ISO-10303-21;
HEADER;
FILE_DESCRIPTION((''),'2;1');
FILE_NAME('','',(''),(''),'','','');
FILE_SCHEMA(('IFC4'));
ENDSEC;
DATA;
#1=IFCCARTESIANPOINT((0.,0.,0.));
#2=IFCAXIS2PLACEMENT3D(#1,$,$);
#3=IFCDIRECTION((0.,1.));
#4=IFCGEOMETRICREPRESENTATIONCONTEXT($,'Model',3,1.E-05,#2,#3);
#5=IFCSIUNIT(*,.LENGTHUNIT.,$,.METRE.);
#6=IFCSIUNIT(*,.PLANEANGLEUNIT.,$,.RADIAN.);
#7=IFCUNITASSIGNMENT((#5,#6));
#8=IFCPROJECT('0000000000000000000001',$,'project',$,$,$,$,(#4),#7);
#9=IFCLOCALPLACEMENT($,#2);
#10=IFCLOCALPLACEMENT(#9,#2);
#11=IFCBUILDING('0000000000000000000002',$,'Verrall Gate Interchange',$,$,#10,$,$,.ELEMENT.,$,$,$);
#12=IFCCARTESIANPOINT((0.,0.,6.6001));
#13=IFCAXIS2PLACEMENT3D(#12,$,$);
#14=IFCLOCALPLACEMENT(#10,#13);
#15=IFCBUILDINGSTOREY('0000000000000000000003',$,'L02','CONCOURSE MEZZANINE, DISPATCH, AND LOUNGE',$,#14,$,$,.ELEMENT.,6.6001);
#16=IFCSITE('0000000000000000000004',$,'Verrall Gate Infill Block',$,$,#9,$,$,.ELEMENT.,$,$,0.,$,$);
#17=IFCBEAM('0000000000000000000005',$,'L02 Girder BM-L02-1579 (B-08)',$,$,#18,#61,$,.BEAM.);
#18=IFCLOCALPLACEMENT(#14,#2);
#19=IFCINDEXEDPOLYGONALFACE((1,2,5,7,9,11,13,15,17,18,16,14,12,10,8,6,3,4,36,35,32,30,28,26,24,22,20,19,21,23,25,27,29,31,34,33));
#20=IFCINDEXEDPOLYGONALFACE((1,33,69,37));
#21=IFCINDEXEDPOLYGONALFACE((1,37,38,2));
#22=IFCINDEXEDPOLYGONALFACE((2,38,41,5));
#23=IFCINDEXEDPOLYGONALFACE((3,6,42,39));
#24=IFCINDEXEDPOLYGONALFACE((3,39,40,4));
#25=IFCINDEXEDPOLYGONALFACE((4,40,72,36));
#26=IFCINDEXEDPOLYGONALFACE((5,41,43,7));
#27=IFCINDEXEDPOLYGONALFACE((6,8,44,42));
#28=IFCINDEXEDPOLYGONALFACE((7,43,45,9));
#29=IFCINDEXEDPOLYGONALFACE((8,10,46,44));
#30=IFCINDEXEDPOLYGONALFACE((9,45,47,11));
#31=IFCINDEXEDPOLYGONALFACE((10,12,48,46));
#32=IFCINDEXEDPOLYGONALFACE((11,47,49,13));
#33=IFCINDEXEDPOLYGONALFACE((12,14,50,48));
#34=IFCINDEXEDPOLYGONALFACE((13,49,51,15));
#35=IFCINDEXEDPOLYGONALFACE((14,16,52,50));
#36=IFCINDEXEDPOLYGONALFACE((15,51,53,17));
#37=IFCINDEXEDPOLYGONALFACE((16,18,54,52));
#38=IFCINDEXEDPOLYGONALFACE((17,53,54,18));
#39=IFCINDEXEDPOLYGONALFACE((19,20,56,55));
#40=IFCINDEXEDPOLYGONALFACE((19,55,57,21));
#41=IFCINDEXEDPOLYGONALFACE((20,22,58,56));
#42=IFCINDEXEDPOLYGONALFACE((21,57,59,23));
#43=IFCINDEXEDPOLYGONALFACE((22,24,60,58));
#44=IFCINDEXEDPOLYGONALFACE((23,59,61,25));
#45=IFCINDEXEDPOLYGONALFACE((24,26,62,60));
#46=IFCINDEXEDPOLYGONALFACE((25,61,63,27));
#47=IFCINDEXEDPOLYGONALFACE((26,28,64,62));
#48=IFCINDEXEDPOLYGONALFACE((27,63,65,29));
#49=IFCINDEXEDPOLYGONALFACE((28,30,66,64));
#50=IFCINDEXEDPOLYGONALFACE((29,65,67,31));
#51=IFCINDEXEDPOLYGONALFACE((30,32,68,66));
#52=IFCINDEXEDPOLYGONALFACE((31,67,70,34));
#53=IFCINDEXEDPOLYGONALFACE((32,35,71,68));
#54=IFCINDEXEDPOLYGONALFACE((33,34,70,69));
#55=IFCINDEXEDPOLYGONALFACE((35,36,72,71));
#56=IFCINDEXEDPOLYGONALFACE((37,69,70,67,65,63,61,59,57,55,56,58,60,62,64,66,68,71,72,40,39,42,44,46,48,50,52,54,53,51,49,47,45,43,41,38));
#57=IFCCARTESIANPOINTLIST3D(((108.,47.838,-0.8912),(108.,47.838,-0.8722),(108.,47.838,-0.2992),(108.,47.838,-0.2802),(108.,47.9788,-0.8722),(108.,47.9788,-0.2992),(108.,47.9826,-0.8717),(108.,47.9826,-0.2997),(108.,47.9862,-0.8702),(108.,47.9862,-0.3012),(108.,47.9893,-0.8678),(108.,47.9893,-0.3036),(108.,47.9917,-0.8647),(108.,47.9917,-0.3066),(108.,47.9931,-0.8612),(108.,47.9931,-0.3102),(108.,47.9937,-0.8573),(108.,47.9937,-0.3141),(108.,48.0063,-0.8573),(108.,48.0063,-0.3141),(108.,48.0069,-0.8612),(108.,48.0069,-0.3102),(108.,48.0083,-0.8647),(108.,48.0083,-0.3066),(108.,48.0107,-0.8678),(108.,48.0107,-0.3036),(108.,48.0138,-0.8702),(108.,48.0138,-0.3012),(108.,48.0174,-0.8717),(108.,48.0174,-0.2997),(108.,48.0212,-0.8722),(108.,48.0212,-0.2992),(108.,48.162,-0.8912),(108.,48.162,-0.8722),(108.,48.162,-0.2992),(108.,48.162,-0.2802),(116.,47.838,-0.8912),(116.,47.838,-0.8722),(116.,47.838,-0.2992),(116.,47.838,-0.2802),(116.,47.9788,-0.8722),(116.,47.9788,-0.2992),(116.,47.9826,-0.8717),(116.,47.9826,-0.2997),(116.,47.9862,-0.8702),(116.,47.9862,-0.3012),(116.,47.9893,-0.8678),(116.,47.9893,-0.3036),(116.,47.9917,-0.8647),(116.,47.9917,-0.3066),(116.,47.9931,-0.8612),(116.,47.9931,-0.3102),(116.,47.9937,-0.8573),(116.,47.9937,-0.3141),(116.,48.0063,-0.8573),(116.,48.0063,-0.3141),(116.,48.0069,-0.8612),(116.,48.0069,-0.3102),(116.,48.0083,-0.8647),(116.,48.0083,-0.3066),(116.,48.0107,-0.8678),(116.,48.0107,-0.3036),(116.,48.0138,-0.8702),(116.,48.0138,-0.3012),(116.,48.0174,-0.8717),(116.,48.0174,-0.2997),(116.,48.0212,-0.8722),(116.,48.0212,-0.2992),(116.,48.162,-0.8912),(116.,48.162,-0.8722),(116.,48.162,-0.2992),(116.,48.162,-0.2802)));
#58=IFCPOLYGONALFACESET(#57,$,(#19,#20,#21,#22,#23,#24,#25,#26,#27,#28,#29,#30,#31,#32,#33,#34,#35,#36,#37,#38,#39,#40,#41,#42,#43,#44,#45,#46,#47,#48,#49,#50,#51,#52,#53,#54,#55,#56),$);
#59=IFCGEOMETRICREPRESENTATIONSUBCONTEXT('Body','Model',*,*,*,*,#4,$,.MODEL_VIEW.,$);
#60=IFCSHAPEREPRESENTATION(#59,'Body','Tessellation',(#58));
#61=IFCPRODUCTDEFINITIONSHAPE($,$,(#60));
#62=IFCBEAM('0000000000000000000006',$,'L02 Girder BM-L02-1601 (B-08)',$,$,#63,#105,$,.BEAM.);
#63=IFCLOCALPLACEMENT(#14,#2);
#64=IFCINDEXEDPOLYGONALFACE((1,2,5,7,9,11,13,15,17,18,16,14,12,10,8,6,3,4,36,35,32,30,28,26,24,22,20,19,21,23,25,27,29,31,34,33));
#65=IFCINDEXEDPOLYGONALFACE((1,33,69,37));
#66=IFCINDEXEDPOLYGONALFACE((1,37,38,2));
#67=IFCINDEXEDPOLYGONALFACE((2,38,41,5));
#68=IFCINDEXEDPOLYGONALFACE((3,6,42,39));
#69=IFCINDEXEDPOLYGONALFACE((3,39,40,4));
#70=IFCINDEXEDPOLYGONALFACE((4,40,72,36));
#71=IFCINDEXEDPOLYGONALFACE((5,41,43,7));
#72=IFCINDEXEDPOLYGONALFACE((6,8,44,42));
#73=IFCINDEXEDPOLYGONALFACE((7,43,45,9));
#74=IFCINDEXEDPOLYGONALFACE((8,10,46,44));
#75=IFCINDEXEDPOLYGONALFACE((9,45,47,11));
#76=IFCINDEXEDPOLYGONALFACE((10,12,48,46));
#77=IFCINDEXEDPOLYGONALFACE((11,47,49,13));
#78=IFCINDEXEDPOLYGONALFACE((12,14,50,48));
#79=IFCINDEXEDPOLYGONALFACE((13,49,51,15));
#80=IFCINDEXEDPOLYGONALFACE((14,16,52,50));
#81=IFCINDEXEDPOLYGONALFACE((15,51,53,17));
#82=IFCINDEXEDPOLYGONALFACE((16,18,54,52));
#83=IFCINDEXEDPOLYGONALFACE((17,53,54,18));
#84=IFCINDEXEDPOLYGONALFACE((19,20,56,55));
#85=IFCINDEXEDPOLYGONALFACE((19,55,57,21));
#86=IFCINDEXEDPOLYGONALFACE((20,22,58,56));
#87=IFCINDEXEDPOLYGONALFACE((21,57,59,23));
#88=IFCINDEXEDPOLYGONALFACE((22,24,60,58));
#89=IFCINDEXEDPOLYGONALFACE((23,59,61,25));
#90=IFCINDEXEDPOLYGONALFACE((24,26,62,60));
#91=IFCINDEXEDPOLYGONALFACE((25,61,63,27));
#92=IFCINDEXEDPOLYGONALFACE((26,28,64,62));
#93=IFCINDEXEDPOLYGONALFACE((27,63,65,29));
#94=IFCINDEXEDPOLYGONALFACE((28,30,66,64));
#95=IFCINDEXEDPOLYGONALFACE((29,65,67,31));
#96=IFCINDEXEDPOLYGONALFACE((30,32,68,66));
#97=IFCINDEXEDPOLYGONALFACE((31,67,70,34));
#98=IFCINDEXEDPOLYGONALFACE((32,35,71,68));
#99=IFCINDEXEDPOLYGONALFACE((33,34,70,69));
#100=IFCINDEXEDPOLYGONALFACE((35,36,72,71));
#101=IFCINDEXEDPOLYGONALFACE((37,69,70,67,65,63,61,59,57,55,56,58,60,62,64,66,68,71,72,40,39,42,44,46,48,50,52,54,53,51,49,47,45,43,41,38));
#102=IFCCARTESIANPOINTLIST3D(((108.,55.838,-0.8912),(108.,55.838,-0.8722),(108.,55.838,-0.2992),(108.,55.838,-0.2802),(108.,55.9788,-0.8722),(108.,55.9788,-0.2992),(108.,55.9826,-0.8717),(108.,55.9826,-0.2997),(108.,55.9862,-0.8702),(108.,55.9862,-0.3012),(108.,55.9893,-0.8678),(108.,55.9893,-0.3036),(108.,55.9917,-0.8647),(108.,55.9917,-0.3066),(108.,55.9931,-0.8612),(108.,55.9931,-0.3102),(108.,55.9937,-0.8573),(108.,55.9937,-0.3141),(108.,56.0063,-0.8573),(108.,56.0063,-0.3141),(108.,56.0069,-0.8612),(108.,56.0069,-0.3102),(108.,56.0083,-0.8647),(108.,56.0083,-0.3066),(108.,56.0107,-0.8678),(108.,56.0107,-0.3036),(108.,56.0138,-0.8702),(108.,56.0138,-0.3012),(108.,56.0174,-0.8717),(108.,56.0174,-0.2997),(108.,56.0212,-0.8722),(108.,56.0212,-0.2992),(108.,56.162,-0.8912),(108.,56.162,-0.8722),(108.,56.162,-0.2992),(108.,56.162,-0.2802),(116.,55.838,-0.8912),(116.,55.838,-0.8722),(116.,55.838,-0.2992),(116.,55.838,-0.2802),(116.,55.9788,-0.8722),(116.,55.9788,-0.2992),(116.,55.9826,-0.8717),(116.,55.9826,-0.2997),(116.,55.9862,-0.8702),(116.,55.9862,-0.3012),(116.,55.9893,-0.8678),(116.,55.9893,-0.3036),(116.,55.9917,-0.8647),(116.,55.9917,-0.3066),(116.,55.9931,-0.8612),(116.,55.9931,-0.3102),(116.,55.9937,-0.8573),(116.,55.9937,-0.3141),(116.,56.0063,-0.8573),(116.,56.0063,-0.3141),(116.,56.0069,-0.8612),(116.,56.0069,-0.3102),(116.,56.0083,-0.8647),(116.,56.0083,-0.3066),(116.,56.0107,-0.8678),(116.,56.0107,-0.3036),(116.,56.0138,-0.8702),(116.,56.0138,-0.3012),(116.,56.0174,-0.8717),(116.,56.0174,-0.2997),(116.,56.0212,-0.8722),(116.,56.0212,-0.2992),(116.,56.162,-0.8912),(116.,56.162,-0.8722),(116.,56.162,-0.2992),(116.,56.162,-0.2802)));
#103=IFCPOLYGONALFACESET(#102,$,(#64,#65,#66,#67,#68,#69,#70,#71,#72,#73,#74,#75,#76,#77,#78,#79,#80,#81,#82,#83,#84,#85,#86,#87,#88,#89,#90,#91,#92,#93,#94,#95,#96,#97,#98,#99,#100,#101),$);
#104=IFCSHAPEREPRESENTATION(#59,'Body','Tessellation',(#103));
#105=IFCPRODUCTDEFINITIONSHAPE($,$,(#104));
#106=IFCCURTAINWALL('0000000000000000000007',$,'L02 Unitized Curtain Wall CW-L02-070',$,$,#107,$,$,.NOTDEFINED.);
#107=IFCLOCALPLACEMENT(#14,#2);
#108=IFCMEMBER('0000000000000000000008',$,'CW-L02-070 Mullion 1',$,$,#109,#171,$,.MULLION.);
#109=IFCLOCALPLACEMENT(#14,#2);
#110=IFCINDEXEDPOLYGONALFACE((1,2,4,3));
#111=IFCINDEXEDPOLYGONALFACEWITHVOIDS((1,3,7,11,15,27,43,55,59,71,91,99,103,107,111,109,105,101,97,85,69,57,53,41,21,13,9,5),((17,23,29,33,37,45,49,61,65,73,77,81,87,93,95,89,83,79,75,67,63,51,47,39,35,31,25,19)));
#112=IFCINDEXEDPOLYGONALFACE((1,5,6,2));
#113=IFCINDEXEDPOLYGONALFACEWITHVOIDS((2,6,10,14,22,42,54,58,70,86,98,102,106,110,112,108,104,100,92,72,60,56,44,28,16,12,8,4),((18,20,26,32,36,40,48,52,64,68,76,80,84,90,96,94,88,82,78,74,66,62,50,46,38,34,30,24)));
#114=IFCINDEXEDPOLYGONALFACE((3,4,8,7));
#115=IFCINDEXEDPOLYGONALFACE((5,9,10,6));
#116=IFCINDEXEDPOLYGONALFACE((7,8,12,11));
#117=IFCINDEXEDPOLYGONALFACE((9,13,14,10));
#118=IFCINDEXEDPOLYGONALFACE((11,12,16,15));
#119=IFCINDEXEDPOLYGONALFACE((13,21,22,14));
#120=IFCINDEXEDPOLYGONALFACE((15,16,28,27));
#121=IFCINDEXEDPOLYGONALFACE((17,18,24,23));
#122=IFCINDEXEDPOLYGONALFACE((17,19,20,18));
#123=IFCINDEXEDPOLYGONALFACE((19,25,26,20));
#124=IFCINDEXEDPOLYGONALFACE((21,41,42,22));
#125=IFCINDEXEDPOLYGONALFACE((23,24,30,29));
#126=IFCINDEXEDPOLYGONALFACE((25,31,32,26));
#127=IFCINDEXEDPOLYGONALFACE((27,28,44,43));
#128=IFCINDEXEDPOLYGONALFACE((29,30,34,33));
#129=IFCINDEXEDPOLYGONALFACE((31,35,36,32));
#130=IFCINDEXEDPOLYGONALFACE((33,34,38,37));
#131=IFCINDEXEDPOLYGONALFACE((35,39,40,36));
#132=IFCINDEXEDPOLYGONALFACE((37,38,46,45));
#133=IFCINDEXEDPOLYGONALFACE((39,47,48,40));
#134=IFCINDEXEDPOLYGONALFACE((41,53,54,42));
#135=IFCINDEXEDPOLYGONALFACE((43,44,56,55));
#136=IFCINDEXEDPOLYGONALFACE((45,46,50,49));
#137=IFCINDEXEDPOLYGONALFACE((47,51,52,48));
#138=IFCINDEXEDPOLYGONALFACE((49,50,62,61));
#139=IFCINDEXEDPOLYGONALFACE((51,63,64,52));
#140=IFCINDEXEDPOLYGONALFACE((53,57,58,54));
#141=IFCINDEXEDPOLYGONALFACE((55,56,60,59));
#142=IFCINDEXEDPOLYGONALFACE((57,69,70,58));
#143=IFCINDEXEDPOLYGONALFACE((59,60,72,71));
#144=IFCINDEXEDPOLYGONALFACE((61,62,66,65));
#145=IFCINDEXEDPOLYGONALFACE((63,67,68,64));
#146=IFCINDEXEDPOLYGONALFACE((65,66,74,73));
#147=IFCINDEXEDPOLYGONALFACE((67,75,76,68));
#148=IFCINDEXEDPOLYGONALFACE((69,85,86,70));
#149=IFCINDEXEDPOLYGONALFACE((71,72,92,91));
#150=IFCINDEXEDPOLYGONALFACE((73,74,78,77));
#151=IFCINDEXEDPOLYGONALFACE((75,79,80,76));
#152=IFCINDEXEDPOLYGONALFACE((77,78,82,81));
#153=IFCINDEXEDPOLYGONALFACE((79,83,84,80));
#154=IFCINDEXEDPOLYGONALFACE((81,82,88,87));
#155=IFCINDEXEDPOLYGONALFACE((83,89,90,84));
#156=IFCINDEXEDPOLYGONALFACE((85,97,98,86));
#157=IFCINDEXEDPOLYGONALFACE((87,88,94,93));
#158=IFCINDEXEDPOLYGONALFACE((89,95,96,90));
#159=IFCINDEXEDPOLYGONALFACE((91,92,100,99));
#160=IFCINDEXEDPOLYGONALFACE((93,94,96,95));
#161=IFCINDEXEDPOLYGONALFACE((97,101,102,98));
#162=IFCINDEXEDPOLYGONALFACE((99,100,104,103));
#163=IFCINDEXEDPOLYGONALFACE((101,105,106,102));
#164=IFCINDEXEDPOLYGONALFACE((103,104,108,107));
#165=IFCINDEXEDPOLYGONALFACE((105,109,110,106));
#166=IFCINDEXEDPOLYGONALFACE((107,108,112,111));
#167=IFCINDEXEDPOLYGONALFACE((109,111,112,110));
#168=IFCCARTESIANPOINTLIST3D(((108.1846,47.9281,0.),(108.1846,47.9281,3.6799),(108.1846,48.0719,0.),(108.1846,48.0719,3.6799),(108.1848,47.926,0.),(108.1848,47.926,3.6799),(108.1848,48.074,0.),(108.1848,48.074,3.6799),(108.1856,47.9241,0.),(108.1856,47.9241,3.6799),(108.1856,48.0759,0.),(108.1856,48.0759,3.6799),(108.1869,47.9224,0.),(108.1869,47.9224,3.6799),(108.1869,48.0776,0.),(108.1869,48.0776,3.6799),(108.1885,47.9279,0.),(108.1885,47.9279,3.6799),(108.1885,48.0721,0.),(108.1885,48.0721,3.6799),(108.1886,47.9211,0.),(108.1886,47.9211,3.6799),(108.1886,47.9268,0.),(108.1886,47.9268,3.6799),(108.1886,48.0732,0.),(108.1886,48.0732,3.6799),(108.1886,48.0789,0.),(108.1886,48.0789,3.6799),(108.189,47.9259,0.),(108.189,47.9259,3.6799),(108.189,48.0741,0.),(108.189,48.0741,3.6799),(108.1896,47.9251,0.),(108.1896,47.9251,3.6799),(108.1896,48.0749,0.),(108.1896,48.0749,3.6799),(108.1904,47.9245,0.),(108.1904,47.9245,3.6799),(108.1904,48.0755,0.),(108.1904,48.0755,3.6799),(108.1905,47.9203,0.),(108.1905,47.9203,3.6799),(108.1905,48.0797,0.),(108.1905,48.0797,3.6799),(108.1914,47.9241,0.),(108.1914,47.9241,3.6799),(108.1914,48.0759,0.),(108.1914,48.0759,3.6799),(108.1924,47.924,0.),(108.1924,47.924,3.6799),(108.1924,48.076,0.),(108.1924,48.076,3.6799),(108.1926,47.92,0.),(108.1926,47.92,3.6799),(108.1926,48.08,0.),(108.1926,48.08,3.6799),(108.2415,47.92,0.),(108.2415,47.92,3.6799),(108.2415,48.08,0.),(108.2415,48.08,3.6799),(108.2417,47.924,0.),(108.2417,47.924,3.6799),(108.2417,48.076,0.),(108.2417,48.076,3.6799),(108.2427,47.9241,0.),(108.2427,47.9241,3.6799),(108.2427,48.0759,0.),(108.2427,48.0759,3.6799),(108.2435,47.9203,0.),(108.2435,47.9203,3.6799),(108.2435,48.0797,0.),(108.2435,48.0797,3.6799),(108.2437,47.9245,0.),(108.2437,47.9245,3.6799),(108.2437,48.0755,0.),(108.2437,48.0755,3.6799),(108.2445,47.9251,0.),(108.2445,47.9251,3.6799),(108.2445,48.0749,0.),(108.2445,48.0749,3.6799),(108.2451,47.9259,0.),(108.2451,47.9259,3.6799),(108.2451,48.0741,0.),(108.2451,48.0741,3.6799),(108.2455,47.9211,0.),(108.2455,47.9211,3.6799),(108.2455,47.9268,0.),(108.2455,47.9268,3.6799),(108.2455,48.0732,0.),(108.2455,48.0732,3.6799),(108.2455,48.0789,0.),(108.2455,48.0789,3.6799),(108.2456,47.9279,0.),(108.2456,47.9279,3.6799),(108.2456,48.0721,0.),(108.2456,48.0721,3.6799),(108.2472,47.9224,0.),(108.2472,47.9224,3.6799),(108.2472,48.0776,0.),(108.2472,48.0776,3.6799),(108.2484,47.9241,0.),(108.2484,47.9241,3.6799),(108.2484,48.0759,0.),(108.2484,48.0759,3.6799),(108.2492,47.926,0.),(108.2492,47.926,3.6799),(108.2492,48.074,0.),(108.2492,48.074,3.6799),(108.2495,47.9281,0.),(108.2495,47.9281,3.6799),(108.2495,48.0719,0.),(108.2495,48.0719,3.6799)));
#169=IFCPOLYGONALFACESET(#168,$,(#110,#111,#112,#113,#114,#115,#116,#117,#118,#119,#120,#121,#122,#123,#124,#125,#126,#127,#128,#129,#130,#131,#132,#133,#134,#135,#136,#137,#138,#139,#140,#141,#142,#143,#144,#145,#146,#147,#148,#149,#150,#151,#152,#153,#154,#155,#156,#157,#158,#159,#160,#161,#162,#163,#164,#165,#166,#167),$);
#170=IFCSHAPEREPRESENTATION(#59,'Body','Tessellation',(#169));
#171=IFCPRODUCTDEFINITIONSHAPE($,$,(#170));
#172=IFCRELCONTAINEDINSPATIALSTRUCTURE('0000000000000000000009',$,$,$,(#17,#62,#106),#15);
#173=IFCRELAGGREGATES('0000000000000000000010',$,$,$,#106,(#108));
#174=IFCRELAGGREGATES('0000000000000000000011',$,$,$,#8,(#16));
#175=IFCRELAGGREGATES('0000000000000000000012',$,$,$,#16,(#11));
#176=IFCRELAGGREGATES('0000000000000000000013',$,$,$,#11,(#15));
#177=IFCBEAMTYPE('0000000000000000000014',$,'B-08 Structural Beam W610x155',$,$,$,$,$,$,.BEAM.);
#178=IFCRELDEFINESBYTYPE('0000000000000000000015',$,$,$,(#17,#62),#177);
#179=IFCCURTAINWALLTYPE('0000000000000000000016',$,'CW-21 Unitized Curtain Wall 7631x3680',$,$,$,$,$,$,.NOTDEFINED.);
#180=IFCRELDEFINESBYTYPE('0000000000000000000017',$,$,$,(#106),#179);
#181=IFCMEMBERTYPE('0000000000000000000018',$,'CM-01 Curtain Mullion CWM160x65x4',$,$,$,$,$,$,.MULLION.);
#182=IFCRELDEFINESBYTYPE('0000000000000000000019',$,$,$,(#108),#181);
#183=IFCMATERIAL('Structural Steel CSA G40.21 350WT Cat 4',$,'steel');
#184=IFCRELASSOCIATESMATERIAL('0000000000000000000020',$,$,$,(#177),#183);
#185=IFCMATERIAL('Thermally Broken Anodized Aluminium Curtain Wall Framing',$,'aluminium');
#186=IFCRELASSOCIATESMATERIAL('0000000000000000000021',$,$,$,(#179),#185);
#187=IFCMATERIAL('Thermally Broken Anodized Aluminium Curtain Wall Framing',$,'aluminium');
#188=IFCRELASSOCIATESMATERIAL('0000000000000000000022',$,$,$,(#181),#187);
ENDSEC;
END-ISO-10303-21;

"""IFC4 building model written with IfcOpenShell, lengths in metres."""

from ifc_helpers import new_model, si_unit, direction, frame, origin, origin_2d, place, context, subcontext, project, spatial, hollow_rectangle, i_section, extrude, material, material_profile, profile_set, type_object, element, aggregate, save


model = new_model("IFC4")

# Units and contexts
model_context = context("Model", 3, precision=1e-05, world=origin(), true_north=direction((0.0, 1.0)))
body_context = subcontext(model_context, "Body", "Model", "MODEL_VIEW")
ifc_project = project(units=[si_unit("LENGTHUNIT", "METRE"), si_unit("PLANEANGLEUNIT", "RADIAN")], contexts=[model_context])

# Site, building, storey
site_placement = place(None, origin())
site = spatial("IfcSite", under=ifc_project, at=site_placement, Name="Verrall Gate Infill Block", CompositionType="ELEMENT", RefElevation=0.0)
building_placement = place(site_placement, origin())
building = spatial("IfcBuilding", under=site, at=building_placement, Name="Verrall Gate Interchange", CompositionType="ELEMENT")
storey_placement = place(building_placement, frame((0.0, 0.0, 6.6001)))
storey = spatial("IfcBuildingStorey", under=building, at=storey_placement, Name="L02", Description="CONCOURSE MEZZANINE, DISPATCH, AND LOUNGE", CompositionType="ELEMENT", Elevation=6.6001)

# Beams
ifc_material_1 = material(Name="Structural Steel CSA G40.21 350WT Cat 4", Category="steel")
ifc_material_profile_1 = material_profile(ifc_material_1, i_section(OverallWidth=0.324, OverallDepth=0.6111, WebThickness=0.0127, FlangeThickness=0.019, FilletRadius=0.0149, at=origin_2d()), Name="W610x155")
ifc_profile_set_1 = profile_set([ifc_material_profile_1], Name="Structural Steel CSA G40.21 350WT Cat 4")
beam_type_1 = type_object("IfcBeamType", Name="B-08 Structural Beam W610x155", PredefinedType="BEAM", material=ifc_profile_set_1)
for number, where, z_axis, x_axis, name in (
    (1, (108.0, 48.0, -0.5857), (1.0, 0.0, 0.0), (0.0, 1.0, 0.0), "L02 Girder BM-L02-1579 (B-08)"),
    (2, (108.0, 56.0, -0.5857), (1.0, 0.0, 0.0), (0.0, 1.0, 0.0), "L02 Girder BM-L02-1601 (B-08)"),
):
    element("IfcBeam", number, at=place(storey_placement, frame(where, z_axis=z_axis, x_axis=x_axis)), inside=storey, type_object=beam_type_1, Name=name, PredefinedType="BEAM", context=body_context, shape_type="SweptSolid", body=[
        extrude(i_section(OverallWidth=0.324, OverallDepth=0.6111, WebThickness=0.0127, FlangeThickness=0.019, FilletRadius=0.0149, at=origin_2d()), origin(), (0.0, 0.0, 1.0), 8.0),
    ])

# Curtain wall, member
ifc_material_2 = material(Name="Thermally Broken Anodized Aluminium Curtain Wall Framing", Category="aluminium")
curtain_wall_type_1 = type_object("IfcCurtainWallType", Name="CW-21 Unitized Curtain Wall 7631x3680", PredefinedType="NOTDEFINED", material=ifc_material_2)
curtain_wall_1_placement = place(storey_placement, origin())
curtain_wall_1 = element("IfcCurtainWall", 3, at=curtain_wall_1_placement, inside=storey, type_object=curtain_wall_type_1, Name="L02 Unitized Curtain Wall CW-L02-070", PredefinedType="NOTDEFINED")
ifc_material_3 = material(Name="Thermally Broken Anodized Aluminium Curtain Wall Framing", Category="aluminium")
ifc_material_profile_2 = material_profile(ifc_material_3, hollow_rectangle(XDim=0.0649, YDim=0.1599, WallThickness=0.0039, InnerFilletRadius=0.0039, OuterFilletRadius=0.0081, at=origin_2d()), Name="CWM160x65x4")
ifc_profile_set_2 = profile_set([ifc_material_profile_2], Name="Thermally Broken Anodized Aluminium Curtain Wall Framing")
member_type_1 = type_object("IfcMemberType", Name="CM-01 Curtain Mullion CWM160x65x4", PredefinedType="MULLION", material=ifc_profile_set_2)
member_1_placement = place(storey_placement, frame((108.217, 48.0, 0.0), z_axis=(0.0, 0.0, 1.0), x_axis=(1.0, 0.0, 0.0)))
member_1 = element("IfcMember", 4, at=member_1_placement, type_object=member_type_1, Name="CW-L02-070 Mullion 1", PredefinedType="MULLION", context=body_context, shape_type="SweptSolid", body=[
    extrude(hollow_rectangle(XDim=0.0649, YDim=0.1599, WallThickness=0.0039, InnerFilletRadius=0.0039, OuterFilletRadius=0.0081, at=origin_2d()), origin(), (0.0, 0.0, 1.0), 3.6799),
])

aggregate(curtain_wall_1, [member_1])

save(model, "model.ifc")
